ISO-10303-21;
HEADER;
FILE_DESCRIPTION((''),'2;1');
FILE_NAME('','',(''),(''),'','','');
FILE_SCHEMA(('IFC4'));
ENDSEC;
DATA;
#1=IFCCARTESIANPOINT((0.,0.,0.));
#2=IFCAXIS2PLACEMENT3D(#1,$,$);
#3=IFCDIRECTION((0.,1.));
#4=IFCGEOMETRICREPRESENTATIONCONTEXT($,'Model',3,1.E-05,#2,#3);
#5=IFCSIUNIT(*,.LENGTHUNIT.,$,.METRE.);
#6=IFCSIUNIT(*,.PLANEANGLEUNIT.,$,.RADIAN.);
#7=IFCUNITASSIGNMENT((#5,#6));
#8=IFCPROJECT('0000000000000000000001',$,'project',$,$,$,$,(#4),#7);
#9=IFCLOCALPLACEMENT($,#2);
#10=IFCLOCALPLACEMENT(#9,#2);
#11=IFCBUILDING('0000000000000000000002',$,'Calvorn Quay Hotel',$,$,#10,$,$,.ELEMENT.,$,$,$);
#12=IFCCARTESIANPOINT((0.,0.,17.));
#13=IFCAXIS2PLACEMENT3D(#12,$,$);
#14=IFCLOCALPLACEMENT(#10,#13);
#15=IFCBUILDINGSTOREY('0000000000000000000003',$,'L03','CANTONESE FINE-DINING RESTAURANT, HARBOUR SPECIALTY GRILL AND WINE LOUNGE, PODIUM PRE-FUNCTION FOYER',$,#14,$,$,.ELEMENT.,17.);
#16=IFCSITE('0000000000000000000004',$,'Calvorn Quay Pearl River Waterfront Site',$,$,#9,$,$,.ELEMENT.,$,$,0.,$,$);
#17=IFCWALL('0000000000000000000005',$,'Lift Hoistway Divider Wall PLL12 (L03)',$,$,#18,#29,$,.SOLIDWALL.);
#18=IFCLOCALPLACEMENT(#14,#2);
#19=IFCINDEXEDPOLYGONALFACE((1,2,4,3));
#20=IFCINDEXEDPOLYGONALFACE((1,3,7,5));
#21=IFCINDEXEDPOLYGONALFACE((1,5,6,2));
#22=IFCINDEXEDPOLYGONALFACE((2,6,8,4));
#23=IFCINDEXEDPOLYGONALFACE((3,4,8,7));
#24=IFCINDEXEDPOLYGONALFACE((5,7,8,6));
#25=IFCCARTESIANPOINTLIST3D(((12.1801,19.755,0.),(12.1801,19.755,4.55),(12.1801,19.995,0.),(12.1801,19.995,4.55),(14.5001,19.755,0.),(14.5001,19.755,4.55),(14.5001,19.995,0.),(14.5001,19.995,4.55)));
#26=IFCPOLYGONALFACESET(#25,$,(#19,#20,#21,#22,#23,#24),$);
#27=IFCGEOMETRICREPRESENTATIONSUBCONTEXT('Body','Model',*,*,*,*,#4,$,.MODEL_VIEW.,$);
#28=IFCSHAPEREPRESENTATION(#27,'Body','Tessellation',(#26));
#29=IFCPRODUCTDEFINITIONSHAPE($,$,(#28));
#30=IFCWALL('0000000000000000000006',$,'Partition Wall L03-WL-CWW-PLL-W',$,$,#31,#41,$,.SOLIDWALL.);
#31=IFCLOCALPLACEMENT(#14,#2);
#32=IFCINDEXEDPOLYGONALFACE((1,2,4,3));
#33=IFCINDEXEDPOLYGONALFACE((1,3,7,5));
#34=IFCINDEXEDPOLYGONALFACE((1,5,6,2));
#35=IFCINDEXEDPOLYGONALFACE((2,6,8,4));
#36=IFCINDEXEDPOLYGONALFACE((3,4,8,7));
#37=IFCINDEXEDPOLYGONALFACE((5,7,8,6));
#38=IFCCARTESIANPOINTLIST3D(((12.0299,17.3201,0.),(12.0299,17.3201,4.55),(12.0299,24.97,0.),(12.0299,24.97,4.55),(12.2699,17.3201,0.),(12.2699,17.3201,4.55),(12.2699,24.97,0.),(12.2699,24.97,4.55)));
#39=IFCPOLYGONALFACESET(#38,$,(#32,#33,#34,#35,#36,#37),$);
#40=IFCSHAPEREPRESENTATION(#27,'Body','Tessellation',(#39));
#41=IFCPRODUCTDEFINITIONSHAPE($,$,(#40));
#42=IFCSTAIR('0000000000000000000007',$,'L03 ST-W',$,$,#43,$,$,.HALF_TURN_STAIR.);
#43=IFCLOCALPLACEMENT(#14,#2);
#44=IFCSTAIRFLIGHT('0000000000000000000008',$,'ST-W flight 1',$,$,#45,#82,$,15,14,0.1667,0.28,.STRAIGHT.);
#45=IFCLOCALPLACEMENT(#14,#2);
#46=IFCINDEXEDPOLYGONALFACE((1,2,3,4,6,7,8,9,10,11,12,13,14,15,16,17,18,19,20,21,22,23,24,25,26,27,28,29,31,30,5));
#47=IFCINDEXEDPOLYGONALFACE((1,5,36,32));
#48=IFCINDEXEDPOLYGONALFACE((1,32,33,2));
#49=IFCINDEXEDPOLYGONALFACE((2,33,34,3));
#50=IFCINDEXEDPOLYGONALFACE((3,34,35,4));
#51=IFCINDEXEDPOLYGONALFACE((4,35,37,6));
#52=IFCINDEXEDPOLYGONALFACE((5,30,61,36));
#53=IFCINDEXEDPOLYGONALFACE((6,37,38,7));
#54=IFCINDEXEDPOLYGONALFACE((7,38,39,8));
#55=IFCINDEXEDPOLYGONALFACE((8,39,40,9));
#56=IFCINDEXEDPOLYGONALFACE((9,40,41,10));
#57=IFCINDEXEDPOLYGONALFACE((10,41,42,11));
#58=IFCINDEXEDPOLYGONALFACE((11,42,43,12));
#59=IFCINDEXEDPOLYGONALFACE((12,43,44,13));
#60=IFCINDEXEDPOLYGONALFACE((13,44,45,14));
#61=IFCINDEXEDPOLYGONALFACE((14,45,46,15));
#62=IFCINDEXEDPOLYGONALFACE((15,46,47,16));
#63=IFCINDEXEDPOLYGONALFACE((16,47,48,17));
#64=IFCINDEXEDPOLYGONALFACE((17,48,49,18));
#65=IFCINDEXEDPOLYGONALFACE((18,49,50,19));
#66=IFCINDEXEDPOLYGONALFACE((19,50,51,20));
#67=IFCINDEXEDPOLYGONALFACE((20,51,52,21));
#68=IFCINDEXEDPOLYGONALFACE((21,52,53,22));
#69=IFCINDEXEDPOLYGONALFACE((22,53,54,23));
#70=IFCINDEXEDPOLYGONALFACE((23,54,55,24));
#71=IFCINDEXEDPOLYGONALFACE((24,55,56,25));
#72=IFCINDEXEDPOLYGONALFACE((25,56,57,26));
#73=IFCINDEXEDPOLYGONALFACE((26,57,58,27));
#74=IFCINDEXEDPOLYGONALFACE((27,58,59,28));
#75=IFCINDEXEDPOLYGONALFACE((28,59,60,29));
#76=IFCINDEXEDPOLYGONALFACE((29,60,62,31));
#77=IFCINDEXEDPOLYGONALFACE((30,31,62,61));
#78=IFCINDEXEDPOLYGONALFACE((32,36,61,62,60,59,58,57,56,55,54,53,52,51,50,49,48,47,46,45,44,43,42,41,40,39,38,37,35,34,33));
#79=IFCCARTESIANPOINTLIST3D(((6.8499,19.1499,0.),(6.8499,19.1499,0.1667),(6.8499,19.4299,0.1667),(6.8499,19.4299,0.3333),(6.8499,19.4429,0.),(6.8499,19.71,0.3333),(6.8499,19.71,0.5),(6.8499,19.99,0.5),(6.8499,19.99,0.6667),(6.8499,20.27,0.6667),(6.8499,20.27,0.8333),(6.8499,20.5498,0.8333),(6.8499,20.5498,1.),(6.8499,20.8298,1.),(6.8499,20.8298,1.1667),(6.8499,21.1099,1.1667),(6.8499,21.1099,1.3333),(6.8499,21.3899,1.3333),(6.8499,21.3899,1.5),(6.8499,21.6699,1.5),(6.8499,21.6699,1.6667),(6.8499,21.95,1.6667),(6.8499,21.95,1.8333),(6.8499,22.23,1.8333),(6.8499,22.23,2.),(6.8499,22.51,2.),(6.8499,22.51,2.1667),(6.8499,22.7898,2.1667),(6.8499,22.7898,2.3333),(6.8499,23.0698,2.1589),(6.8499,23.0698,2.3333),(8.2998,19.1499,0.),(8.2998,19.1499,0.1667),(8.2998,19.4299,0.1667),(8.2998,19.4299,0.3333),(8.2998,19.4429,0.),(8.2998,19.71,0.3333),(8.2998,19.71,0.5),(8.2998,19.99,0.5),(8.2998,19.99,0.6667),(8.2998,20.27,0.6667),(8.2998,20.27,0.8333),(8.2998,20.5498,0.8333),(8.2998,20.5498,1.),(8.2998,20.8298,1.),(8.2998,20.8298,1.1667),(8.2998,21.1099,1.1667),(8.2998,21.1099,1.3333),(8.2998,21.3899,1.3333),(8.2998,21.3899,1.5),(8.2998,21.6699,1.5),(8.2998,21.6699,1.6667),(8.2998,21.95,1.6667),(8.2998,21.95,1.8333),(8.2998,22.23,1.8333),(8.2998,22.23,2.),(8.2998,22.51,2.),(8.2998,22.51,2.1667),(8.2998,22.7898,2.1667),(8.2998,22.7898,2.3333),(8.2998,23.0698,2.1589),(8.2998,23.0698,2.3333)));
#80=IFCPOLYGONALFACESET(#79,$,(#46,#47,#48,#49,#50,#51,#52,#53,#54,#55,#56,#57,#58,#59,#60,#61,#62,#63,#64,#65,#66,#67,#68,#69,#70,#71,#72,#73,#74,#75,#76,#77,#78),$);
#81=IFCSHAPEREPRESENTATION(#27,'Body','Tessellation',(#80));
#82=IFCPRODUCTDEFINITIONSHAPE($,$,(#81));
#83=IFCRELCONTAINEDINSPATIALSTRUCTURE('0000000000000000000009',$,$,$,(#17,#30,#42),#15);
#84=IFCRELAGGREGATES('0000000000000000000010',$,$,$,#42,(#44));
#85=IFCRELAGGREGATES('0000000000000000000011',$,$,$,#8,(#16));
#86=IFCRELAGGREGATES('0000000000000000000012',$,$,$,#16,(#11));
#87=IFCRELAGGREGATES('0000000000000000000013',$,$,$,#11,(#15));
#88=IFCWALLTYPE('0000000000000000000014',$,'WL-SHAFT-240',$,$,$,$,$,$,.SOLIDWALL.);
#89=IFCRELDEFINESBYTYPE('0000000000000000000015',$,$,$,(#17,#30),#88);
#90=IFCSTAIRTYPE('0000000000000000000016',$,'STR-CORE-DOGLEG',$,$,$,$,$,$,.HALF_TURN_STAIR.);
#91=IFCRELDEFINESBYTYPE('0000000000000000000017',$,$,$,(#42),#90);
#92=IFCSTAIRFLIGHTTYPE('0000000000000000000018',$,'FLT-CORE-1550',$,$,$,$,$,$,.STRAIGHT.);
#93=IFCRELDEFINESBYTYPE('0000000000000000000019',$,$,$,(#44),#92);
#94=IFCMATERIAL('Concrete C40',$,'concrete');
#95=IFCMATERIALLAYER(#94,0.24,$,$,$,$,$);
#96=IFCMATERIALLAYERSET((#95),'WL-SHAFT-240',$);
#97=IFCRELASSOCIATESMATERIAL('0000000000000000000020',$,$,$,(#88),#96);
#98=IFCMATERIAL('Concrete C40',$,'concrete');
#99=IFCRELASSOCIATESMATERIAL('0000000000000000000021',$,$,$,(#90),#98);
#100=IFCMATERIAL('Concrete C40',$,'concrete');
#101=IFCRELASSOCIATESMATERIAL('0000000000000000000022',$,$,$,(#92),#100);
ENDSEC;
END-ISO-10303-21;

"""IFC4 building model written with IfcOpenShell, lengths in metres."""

from ifc_helpers import new_model, si_unit, direction, frame, frame_2d, origin, place, context, subcontext, project, spatial, polyline, rectangle, outline, extrude, material, layer, layer_set, type_object, element, aggregate, save


model = new_model("IFC4")

# Units and contexts
model_context = context("Model", 3, precision=1e-05, world=origin(), true_north=direction((0.0, 1.0)))
body_context = subcontext(model_context, "Body", "Model", "MODEL_VIEW")
ifc_project = project(units=[si_unit("LENGTHUNIT", "METRE"), si_unit("PLANEANGLEUNIT", "RADIAN")], contexts=[model_context])

# Site, building, storey
site_placement = place(None, origin())
site = spatial("IfcSite", under=ifc_project, at=site_placement, Name="Calvorn Quay Pearl River Waterfront Site", CompositionType="ELEMENT", RefElevation=0.0)
building_placement = place(site_placement, origin())
building = spatial("IfcBuilding", under=site, at=building_placement, Name="Calvorn Quay Hotel", CompositionType="ELEMENT")
storey_placement = place(building_placement, frame((0.0, 0.0, 17.0)))
storey = spatial("IfcBuildingStorey", under=building, at=storey_placement, Name="L03", Description="CANTONESE FINE-DINING RESTAURANT, HARBOUR SPECIALTY GRILL AND WINE LOUNGE, PODIUM PRE-FUNCTION FOYER", CompositionType="ELEMENT", Elevation=17.0)

# Shared definitions
ifc_material_1 = material(Name="Concrete C40", Category="concrete")
ifc_layer_1 = layer(ifc_material_1, 0.24)
ifc_layer_set_1 = layer_set([ifc_layer_1], Name="WL-SHAFT-240")
wall_type_1 = type_object("IfcWallType", Name="WL-SHAFT-240", PredefinedType="SOLIDWALL", material=ifc_layer_set_1)

# Walls
wall_1_placement = place(storey_placement, frame((12.1799, 19.875, 0.0), z_axis=(0.0, 0.0, 1.0), x_axis=(1.0, 0.0, 0.0)))
element("IfcWall", 1, at=wall_1_placement, inside=storey, type_object=wall_type_1, Name="Lift Hoistway Divider Wall PLL12 (L03)", PredefinedType="SOLIDWALL", context=body_context, shape_type="SweptSolid", body=[
    extrude(rectangle(XDim=2.3201, YDim=0.24, at=frame_2d((1.1602, 0.0))), origin(), (0.0, 0.0, 1.0), 4.55),
])
wall_2_placement = place(storey_placement, frame((12.1499, 17.3201, 0.0), z_axis=(0.0, 0.0, 1.0), x_axis=(0.0, 1.0, 0.0)))
element("IfcWall", 2, at=wall_2_placement, inside=storey, type_object=wall_type_1, Name="Partition Wall L03-WL-CWW-PLL-W", PredefinedType="SOLIDWALL", context=body_context, shape_type="SweptSolid", body=[
    extrude(rectangle(XDim=7.6499, YDim=0.24, at=frame_2d((3.825, 0.0))), origin(), (0.0, 0.0, 1.0), 4.55),
])

# Stair, stair flight
ifc_material_2 = material(Name="Concrete C40", Category="concrete")
stair_type = type_object("IfcStairType", Name="STR-CORE-DOGLEG", PredefinedType="HALF_TURN_STAIR", material=ifc_material_2)
stair_placement = place(storey_placement, origin())
stair = element("IfcStair", 3, at=stair_placement, inside=storey, type_object=stair_type, Name="L03 ST-W", PredefinedType="HALF_TURN_STAIR")
ifc_material_3 = material(Name="Concrete C40", Category="concrete")
stair_flight_type = type_object("IfcStairFlightType", Name="FLT-CORE-1550", PredefinedType="STRAIGHT", material=ifc_material_3)
stair_flight_placement = place(storey_placement, frame((7.575, 19.1499, 0.0), z_axis=(0.0, 0.0, 1.0), x_axis=(0.0, 1.0, 0.0)))
stair_flight = element("IfcStairFlight", 4, at=stair_flight_placement, type_object=stair_flight_type, Name="ST-W flight 1", NumberOfRisers=15, NumberOfTreads=14, PredefinedType="STRAIGHT", RiserHeight=0.1667, TreadLength=0.28, context=body_context, shape_type="SweptSolid", body=[
    extrude(outline(polyline([(0.0, 0.0), (0.0, 0.1667), (0.28, 0.1667), (0.28, 0.3333), (0.5601, 0.3333), (0.5601, 0.5), (0.8401, 0.5), (0.8401, 0.6667), (1.1201, 0.6667), (1.1201, 0.8333), (1.3999, 0.8333), (1.3999, 1.0), (1.6799, 1.0), (1.6799, 1.1667), (1.96, 1.1667), (1.96, 1.3333), (2.24, 1.3333), (2.24, 1.5), (2.52, 1.5), (2.52, 1.6667), (2.8, 1.6667), (2.8, 1.8333), (3.0801, 1.8333), (3.0801, 2.0), (3.3601, 2.0), (3.3601, 2.1667), (3.6399, 2.1667), (3.6399, 2.3333), (3.9199, 2.3333), (3.9199, 2.5), (3.9199, 2.1589), (0.293, 0.0), (0.0, 0.0)])), frame((0.0, 0.7251, 0.0), z_axis=(0.0, -1.0, 0.0), x_axis=(1.0, 0.0, 0.0)), (0.0, 0.0, 1.0), 1.45),
])
aggregate(stair, [stair_flight])

save(model, "model.ifc")
